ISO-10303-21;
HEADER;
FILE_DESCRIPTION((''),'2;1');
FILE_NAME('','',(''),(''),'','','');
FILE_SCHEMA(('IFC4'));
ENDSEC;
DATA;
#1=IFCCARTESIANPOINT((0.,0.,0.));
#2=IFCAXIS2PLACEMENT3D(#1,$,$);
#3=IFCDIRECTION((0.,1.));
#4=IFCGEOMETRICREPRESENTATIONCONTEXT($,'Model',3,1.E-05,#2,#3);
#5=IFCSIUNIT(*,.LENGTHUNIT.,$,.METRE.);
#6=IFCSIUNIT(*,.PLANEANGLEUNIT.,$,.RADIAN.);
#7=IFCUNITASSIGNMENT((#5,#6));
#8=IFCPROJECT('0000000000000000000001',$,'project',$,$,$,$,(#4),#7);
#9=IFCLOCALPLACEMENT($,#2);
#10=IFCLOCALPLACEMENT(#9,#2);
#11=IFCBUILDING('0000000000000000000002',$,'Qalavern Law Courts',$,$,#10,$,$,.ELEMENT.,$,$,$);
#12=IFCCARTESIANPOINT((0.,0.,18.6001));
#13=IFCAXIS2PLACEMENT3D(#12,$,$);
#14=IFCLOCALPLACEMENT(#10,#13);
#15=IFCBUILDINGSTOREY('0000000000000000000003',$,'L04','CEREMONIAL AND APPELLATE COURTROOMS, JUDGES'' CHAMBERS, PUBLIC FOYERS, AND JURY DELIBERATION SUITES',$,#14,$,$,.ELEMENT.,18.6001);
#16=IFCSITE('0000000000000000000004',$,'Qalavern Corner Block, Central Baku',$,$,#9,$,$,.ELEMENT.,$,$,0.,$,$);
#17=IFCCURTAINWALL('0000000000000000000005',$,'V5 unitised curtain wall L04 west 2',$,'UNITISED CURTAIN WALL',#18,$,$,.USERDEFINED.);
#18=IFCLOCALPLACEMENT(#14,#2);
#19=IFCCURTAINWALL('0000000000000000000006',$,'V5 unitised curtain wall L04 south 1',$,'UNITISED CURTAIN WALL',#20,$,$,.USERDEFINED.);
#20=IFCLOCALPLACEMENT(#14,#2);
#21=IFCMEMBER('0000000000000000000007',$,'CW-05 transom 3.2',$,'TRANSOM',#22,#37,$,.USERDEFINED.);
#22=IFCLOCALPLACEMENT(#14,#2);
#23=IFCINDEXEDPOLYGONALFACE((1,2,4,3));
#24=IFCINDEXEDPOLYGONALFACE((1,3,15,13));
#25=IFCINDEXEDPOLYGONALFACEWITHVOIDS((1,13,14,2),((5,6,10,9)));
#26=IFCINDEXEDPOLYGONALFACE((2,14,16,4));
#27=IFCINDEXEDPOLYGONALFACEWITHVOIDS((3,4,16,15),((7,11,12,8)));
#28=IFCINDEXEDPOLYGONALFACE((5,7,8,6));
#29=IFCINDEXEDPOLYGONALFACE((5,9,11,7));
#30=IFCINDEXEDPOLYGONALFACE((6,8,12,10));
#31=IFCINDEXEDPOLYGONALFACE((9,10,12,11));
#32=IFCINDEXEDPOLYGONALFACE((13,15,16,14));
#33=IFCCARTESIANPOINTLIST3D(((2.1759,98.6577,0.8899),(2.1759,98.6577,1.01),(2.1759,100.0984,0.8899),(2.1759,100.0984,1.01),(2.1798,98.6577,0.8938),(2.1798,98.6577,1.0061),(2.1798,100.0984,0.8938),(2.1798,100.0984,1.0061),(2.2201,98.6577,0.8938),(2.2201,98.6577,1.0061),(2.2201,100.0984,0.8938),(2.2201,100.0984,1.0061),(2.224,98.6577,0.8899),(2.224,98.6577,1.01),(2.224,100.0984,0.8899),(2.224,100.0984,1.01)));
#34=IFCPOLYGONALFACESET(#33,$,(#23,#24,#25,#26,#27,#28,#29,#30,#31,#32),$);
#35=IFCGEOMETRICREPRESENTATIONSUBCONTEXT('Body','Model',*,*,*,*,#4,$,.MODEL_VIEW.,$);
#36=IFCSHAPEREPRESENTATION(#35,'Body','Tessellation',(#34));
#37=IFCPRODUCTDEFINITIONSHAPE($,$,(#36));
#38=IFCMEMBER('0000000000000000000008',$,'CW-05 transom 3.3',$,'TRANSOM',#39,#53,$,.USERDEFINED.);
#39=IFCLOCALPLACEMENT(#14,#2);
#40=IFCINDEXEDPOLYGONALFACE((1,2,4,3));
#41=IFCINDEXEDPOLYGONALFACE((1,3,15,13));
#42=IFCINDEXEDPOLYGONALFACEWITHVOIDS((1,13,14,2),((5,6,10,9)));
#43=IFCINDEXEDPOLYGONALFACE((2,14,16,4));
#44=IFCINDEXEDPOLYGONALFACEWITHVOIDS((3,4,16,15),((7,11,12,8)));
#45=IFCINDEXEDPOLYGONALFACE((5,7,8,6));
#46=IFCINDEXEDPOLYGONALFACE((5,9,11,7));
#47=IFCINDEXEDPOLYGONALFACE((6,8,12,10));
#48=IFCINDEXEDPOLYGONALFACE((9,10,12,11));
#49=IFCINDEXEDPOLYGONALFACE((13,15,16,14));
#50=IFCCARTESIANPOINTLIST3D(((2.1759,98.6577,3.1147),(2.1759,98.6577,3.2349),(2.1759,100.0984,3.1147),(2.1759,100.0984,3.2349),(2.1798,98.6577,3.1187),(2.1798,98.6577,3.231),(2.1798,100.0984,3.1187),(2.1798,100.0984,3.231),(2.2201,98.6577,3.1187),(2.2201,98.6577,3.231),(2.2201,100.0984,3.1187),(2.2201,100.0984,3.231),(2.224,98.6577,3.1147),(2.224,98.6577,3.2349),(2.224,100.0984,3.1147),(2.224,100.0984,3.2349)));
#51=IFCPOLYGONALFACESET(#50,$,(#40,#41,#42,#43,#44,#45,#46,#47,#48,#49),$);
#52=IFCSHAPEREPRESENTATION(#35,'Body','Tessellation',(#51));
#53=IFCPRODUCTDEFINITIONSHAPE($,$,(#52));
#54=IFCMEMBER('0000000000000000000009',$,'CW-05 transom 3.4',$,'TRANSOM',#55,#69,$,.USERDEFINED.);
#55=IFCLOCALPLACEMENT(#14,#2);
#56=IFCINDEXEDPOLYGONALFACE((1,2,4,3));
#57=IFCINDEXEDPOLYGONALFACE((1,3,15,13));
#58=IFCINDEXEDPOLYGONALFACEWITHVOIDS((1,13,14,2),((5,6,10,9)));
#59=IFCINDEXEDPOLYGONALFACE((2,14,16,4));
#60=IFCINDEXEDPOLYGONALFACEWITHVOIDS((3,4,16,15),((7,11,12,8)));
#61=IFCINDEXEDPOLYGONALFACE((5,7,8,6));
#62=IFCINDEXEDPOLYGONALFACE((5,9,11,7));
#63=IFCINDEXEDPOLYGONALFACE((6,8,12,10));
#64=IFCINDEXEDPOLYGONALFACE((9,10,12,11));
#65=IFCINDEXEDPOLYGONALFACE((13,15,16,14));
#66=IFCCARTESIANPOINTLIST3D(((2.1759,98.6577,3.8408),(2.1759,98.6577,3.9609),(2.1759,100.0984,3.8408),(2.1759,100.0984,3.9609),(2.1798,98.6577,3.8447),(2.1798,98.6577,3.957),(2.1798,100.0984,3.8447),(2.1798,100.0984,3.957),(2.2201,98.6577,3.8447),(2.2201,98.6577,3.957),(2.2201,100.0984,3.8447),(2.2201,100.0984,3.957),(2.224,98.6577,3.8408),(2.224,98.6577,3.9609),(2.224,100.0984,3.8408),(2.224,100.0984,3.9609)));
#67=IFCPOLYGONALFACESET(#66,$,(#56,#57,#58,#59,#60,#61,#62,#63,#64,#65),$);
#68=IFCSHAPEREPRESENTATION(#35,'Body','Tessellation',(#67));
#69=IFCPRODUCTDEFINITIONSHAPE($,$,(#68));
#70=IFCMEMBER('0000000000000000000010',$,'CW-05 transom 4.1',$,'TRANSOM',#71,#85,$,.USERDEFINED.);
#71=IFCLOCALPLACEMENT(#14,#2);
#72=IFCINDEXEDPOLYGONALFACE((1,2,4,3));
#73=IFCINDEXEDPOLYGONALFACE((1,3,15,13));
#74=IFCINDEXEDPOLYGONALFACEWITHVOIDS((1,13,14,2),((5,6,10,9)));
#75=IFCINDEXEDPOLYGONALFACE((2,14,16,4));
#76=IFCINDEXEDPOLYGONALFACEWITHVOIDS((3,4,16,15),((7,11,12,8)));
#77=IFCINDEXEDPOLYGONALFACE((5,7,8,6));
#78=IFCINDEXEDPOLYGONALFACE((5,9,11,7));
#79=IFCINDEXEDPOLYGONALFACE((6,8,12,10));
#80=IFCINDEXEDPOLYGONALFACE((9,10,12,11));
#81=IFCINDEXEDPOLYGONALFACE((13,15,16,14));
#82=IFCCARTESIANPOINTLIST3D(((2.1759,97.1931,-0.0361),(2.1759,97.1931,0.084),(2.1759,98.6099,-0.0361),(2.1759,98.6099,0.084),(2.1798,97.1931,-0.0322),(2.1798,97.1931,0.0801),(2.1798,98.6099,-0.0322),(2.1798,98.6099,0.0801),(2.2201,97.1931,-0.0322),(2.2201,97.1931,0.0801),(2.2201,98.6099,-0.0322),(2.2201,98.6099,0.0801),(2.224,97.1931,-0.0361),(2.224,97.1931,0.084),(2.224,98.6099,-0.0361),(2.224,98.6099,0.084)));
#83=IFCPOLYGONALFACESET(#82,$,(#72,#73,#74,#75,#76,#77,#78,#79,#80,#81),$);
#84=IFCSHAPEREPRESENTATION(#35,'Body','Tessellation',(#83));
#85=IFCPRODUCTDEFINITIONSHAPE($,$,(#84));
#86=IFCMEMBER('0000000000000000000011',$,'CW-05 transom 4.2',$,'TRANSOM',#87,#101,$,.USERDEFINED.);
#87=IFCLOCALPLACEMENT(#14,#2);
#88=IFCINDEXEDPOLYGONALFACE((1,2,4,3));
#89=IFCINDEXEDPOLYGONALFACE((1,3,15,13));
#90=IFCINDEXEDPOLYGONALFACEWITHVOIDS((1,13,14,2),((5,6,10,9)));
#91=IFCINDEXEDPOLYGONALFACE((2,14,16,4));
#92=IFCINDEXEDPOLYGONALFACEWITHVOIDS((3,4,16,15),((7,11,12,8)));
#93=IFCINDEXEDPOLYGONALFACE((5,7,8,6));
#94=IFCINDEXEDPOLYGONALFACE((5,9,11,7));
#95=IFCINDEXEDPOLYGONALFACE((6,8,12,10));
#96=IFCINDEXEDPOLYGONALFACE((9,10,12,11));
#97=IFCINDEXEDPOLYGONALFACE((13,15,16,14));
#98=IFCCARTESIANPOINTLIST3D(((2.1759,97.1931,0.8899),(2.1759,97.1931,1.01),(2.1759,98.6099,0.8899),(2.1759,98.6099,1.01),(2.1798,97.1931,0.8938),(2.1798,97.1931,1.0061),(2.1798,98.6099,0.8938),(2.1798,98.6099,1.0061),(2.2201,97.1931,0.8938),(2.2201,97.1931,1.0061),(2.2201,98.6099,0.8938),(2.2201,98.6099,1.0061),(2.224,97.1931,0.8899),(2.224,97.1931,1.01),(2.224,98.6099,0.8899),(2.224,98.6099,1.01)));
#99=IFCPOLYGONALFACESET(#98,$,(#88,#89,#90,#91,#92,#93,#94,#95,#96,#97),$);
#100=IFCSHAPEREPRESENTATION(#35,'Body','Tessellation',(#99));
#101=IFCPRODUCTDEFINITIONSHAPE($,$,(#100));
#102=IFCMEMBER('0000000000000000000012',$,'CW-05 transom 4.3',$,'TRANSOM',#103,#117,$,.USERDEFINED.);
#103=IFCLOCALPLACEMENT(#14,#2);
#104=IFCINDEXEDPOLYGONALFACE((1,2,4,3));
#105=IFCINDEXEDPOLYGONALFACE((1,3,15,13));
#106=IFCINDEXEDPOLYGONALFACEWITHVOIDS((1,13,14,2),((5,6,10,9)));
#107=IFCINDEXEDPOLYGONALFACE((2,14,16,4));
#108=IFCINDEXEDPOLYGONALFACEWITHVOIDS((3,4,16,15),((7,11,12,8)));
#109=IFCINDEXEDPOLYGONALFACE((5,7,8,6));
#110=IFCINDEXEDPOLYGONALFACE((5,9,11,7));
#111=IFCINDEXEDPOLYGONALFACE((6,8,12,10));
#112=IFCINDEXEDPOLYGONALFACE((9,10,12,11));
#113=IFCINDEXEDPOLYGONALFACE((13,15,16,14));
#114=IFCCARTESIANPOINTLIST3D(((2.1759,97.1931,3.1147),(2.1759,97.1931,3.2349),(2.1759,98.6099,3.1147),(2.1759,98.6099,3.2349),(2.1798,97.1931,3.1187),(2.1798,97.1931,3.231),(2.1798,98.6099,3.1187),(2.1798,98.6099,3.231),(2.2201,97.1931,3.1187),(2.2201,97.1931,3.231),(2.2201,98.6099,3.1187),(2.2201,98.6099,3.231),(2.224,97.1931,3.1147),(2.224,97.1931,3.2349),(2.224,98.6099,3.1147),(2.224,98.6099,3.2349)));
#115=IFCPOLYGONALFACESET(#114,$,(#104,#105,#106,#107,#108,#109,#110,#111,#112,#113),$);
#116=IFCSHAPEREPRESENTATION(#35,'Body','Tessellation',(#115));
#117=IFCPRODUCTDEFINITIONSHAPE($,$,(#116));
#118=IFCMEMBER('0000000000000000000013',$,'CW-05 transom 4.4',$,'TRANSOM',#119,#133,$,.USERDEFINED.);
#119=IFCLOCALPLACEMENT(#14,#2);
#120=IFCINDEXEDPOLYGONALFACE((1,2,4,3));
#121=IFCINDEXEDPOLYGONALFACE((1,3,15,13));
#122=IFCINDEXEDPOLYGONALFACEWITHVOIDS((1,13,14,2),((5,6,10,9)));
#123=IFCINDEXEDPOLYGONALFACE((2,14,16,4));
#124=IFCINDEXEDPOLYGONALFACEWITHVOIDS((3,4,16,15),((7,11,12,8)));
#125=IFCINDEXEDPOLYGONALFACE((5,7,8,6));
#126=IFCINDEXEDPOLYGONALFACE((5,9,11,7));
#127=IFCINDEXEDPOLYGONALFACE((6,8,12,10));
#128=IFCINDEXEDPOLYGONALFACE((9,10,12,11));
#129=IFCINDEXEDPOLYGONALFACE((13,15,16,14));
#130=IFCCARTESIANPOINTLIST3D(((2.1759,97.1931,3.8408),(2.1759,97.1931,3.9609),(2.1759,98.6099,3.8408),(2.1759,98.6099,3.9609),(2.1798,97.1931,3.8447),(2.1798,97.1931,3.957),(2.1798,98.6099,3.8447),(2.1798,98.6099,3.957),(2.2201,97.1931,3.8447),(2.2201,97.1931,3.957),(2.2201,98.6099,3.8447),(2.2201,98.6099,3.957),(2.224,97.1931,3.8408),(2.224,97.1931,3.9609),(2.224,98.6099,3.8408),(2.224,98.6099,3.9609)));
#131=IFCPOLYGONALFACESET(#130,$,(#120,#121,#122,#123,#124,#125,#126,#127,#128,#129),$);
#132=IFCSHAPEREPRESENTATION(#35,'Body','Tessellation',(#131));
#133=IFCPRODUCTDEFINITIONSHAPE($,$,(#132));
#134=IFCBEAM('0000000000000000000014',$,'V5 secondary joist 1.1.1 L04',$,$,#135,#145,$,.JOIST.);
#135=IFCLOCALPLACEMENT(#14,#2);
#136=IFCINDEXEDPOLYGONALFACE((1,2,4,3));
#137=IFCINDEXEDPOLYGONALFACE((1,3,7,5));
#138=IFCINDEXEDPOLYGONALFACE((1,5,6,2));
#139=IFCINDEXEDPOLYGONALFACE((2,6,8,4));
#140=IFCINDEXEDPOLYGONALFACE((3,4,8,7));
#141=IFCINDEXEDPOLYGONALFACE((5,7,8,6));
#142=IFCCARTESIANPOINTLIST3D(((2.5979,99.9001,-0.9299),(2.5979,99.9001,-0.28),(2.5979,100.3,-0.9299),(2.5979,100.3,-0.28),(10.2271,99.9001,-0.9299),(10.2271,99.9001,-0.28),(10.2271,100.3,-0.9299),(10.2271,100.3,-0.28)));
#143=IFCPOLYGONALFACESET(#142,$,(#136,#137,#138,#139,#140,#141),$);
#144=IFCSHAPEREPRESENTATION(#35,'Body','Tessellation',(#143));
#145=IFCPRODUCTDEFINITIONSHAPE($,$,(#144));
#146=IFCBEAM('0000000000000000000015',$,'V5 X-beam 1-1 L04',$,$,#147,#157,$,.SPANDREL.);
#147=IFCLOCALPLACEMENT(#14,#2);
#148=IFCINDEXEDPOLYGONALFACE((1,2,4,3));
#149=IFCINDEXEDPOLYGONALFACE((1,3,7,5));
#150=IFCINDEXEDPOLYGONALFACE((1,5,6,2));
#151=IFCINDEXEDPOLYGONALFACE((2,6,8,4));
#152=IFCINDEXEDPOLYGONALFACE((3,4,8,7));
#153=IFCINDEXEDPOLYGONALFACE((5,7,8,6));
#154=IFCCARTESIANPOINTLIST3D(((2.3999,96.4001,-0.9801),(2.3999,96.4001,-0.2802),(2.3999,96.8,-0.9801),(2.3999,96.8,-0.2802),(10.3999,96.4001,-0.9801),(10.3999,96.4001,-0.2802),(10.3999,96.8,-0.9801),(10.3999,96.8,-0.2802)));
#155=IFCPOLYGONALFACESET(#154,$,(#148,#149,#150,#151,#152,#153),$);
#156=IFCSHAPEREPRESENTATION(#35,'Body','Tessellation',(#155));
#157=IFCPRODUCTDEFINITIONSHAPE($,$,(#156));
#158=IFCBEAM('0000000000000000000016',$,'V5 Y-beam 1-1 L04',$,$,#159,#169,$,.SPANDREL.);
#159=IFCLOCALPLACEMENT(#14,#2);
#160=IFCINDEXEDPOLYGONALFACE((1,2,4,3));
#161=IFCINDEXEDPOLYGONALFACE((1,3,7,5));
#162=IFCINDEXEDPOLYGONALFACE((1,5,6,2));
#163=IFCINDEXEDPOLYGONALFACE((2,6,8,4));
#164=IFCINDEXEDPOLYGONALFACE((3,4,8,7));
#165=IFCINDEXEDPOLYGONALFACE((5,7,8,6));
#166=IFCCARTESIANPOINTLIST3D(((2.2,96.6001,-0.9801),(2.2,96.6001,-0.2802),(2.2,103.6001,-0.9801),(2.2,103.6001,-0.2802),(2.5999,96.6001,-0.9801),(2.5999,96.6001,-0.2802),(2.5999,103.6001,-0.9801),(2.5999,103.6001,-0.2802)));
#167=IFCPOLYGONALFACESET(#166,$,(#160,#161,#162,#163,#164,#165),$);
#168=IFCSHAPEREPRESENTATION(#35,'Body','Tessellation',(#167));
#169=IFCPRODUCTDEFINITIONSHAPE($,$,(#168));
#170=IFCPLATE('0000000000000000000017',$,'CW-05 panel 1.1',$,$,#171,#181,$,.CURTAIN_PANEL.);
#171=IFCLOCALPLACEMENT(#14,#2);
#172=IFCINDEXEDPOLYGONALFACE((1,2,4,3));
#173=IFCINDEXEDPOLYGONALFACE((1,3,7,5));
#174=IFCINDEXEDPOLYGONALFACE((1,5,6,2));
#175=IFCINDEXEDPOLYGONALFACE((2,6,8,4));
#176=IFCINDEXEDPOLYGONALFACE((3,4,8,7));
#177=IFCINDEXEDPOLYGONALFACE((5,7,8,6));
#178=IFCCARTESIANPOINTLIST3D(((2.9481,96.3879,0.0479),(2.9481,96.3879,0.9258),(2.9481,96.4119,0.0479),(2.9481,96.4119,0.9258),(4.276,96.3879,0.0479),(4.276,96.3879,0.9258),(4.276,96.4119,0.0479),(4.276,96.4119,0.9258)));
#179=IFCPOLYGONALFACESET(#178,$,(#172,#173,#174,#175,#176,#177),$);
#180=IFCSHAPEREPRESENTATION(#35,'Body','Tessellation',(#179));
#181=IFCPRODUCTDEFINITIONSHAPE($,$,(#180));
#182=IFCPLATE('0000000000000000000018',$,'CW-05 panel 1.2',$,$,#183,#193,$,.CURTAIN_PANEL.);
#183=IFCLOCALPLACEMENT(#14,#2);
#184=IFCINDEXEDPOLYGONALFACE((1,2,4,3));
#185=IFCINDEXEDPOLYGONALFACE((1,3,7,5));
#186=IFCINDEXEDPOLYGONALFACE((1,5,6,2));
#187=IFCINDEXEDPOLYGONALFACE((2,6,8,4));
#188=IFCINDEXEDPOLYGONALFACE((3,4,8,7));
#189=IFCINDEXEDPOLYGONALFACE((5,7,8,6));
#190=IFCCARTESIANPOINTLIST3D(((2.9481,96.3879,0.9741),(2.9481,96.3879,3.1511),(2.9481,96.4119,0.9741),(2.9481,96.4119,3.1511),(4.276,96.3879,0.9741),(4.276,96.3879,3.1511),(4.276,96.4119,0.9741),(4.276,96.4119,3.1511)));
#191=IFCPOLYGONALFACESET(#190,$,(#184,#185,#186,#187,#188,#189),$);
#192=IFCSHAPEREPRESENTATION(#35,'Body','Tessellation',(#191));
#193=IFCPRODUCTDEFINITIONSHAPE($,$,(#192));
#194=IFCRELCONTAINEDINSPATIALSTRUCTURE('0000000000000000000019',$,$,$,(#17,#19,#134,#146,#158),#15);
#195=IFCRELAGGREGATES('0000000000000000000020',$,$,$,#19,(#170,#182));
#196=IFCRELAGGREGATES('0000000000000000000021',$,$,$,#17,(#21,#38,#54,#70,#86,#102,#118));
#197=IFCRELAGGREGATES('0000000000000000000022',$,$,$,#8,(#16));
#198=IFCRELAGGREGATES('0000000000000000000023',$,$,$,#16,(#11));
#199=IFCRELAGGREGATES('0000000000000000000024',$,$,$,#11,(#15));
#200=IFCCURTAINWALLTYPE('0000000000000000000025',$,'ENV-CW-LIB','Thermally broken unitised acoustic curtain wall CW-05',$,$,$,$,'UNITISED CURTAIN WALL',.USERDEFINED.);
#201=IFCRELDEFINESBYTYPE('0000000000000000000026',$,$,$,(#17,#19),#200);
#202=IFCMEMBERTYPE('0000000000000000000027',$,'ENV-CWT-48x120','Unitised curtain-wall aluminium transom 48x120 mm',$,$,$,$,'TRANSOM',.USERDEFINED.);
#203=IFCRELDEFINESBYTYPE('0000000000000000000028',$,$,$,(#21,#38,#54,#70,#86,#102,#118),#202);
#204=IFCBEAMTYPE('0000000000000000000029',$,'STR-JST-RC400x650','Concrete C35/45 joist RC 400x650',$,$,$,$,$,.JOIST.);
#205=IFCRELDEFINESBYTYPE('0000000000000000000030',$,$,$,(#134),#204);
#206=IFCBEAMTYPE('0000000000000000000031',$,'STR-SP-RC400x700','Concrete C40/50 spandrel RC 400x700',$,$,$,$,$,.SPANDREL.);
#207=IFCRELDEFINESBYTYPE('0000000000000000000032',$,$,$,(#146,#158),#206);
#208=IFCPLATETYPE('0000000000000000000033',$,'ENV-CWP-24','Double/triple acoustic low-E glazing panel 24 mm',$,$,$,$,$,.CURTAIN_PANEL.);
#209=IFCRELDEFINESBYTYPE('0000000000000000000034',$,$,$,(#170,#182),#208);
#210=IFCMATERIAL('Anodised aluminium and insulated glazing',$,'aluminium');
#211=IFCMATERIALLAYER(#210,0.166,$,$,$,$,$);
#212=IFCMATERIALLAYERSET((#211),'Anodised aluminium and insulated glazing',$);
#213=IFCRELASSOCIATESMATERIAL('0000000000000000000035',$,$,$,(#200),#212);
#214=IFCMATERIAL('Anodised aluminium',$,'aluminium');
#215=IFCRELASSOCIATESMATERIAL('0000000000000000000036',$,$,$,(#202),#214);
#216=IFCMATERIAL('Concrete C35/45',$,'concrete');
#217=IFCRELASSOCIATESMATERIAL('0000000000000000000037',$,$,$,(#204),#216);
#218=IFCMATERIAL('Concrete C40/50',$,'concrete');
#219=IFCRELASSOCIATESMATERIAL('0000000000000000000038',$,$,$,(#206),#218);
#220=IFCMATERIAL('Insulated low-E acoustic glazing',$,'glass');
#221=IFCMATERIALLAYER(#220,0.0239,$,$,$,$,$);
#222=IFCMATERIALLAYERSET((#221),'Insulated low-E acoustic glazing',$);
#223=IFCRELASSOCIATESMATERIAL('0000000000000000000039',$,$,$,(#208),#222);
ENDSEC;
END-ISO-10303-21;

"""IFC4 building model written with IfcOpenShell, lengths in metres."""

from ifc_helpers import new_model, si_unit, direction, frame, origin, origin_2d, place, context, subcontext, project, spatial, rectangle, hollow_rectangle, extrude, material, layer, layer_set, material_profile, profile_set, type_object, element, aggregate, save


model = new_model("IFC4")

# Units and contexts
model_context = context("Model", 3, precision=1e-05, world=origin(), true_north=direction((0.0, 1.0)))
body_context = subcontext(model_context, "Body", "Model", "MODEL_VIEW")
ifc_project = project(units=[si_unit("LENGTHUNIT", "METRE"), si_unit("PLANEANGLEUNIT", "RADIAN")], contexts=[model_context])

# Site, building, storey
site_placement = place(None, origin())
site = spatial("IfcSite", under=ifc_project, at=site_placement, Name="Qalavern Corner Block, Central Baku", CompositionType="ELEMENT", RefElevation=0.0)
building_placement = place(site_placement, origin())
building = spatial("IfcBuilding", under=site, at=building_placement, Name="Qalavern Law Courts", CompositionType="ELEMENT")
storey_placement = place(building_placement, frame((0.0, 0.0, 18.6001)))
storey = spatial("IfcBuildingStorey", under=building, at=storey_placement, Name="L04", Description="CEREMONIAL AND APPELLATE COURTROOMS, JUDGES' CHAMBERS, PUBLIC FOYERS, AND JURY DELIBERATION SUITES", CompositionType="ELEMENT", Elevation=18.6001)

# Curtain walls
ifc_material_1 = material(Name="Anodised aluminium and insulated glazing", Category="aluminium")
ifc_layer_1 = layer(ifc_material_1, 0.166)
ifc_layer_set_1 = layer_set([ifc_layer_1], Name="Anodised aluminium and insulated glazing")
curtain_wall_type = type_object("IfcCurtainWallType", Name="ENV-CW-LIB", Description="Thermally broken unitised acoustic curtain wall CW-05", ElementType="UNITISED CURTAIN WALL", PredefinedType="USERDEFINED", material=ifc_layer_set_1)
curtain_wall_1_placement = place(storey_placement, origin())
curtain_wall_1 = element("IfcCurtainWall", 1, at=curtain_wall_1_placement, inside=storey, type_object=curtain_wall_type, Name="V5 unitised curtain wall L04 west 2", ObjectType="UNITISED CURTAIN WALL", PredefinedType="USERDEFINED")
ifc_material_2 = material(Name="Anodised aluminium", Category="aluminium")
curtain_wall_2_placement = place(storey_placement, origin())
curtain_wall_2 = element("IfcCurtainWall", 2, at=curtain_wall_2_placement, inside=storey, type_object=curtain_wall_type, Name="V5 unitised curtain wall L04 south 1", ObjectType="UNITISED CURTAIN WALL", PredefinedType="USERDEFINED")
ifc_material_profile_1 = material_profile(ifc_material_2, hollow_rectangle(XDim=0.0481, YDim=0.1201, WallThickness=0.0039, at=origin_2d()), Name="ALU TRANSOM 48x120")
ifc_profile_set_1 = profile_set([ifc_material_profile_1], Name="Anodised aluminium")
member_type_1 = type_object("IfcMemberType", Name="ENV-CWT-48x120", Description="Unitised curtain-wall aluminium transom 48x120 mm", ElementType="TRANSOM", PredefinedType="USERDEFINED", material=ifc_profile_set_1)

# Members
member_1_placement = place(storey_placement, frame((2.2, 100.0984, 0.95), z_axis=(0.0, -1.0, 0.0), x_axis=(1.0, 0.0, 0.0)))
member_1 = element("IfcMember", 3, at=member_1_placement, type_object=member_type_1, Name="CW-05 transom 3.2", ObjectType="TRANSOM", PredefinedType="USERDEFINED", context=body_context, shape_type="SweptSolid", body=[
    extrude(hollow_rectangle(XDim=0.0481, YDim=0.1201, WallThickness=0.0039, at=origin_2d()), origin(), (0.0, 0.0, 1.0), 1.4407),
])
member_2_placement = place(storey_placement, frame((2.2, 100.0984, 3.1748), z_axis=(0.0, -1.0, 0.0), x_axis=(1.0, 0.0, 0.0)))
member_2 = element("IfcMember", 4, at=member_2_placement, type_object=member_type_1, Name="CW-05 transom 3.3", ObjectType="TRANSOM", PredefinedType="USERDEFINED", context=body_context, shape_type="SweptSolid", body=[
    extrude(hollow_rectangle(XDim=0.0481, YDim=0.1201, WallThickness=0.0039, at=origin_2d()), origin(), (0.0, 0.0, 1.0), 1.4407),
])
member_3_placement = place(storey_placement, frame((2.2, 100.0984, 3.9009), z_axis=(0.0, -1.0, 0.0), x_axis=(1.0, 0.0, 0.0)))
member_3 = element("IfcMember", 5, at=member_3_placement, type_object=member_type_1, Name="CW-05 transom 3.4", ObjectType="TRANSOM", PredefinedType="USERDEFINED", context=body_context, shape_type="SweptSolid", body=[
    extrude(hollow_rectangle(XDim=0.0481, YDim=0.1201, WallThickness=0.0039, at=origin_2d()), origin(), (0.0, 0.0, 1.0), 1.4407),
])
member_4_placement = place(storey_placement, frame((2.2, 98.6099, 0.0239), z_axis=(0.0, -1.0, 0.0), x_axis=(1.0, 0.0, 0.0)))
member_4 = element("IfcMember", 6, at=member_4_placement, type_object=member_type_1, Name="CW-05 transom 4.1", ObjectType="TRANSOM", PredefinedType="USERDEFINED", context=body_context, shape_type="SweptSolid", body=[
    extrude(hollow_rectangle(XDim=0.0481, YDim=0.1201, WallThickness=0.0039, at=origin_2d()), origin(), (0.0, 0.0, 1.0), 1.4167),
])
member_5_placement = place(storey_placement, frame((2.2, 98.6099, 0.95), z_axis=(0.0, -1.0, 0.0), x_axis=(1.0, 0.0, 0.0)))
member_5 = element("IfcMember", 7, at=member_5_placement, type_object=member_type_1, Name="CW-05 transom 4.2", ObjectType="TRANSOM", PredefinedType="USERDEFINED", context=body_context, shape_type="SweptSolid", body=[
    extrude(hollow_rectangle(XDim=0.0481, YDim=0.1201, WallThickness=0.0039, at=origin_2d()), origin(), (0.0, 0.0, 1.0), 1.4167),
])
member_6_placement = place(storey_placement, frame((2.2, 98.6099, 3.1748), z_axis=(0.0, -1.0, 0.0), x_axis=(1.0, 0.0, 0.0)))
member_6 = element("IfcMember", 8, at=member_6_placement, type_object=member_type_1, Name="CW-05 transom 4.3", ObjectType="TRANSOM", PredefinedType="USERDEFINED", context=body_context, shape_type="SweptSolid", body=[
    extrude(hollow_rectangle(XDim=0.0481, YDim=0.1201, WallThickness=0.0039, at=origin_2d()), origin(), (0.0, 0.0, 1.0), 1.4167),
])
member_7_placement = place(storey_placement, frame((2.2, 98.6099, 3.9009), z_axis=(0.0, -1.0, 0.0), x_axis=(1.0, 0.0, 0.0)))
member_7 = element("IfcMember", 9, at=member_7_placement, type_object=member_type_1, Name="CW-05 transom 4.4", ObjectType="TRANSOM", PredefinedType="USERDEFINED", context=body_context, shape_type="SweptSolid", body=[
    extrude(hollow_rectangle(XDim=0.0481, YDim=0.1201, WallThickness=0.0039, at=origin_2d()), origin(), (0.0, 0.0, 1.0), 1.4167),
])

# Beams
ifc_material_3 = material(Name="Concrete C35/45", Category="concrete")
ifc_material_profile_2 = material_profile(ifc_material_3, rectangle(XDim=0.3999, YDim=0.6499, at=origin_2d()), Name="RC 400x650")
ifc_profile_set_2 = profile_set([ifc_material_profile_2], Name="Concrete C35/45")
beam_type_1 = type_object("IfcBeamType", Name="STR-JST-RC400x650", Description="Concrete C35/45 joist RC 400x650", PredefinedType="JOIST", material=ifc_profile_set_2)
beam_1_placement = place(storey_placement, frame((2.5979, 100.1001, -0.605), z_axis=(1.0, 0.0, 0.0), x_axis=(0.0, 1.0, 0.0)))
element("IfcBeam", 10, at=beam_1_placement, inside=storey, type_object=beam_type_1, Name="V5 secondary joist 1.1.1 L04", PredefinedType="JOIST", context=body_context, shape_type="SweptSolid", body=[
    extrude(rectangle(XDim=0.3999, YDim=0.6499, at=origin_2d()), origin(), (0.0, 0.0, 1.0), 7.6292),
])
ifc_material_4 = material(Name="Concrete C40/50", Category="concrete")
ifc_material_profile_3 = material_profile(ifc_material_4, rectangle(XDim=0.3999, YDim=0.7, at=origin_2d()), Name="RC 400x700")
ifc_profile_set_3 = profile_set([ifc_material_profile_3], Name="Concrete C40/50")
beam_type_2 = type_object("IfcBeamType", Name="STR-SP-RC400x700", Description="Concrete C40/50 spandrel RC 400x700", PredefinedType="SPANDREL", material=ifc_profile_set_3)
beam_2_placement = place(storey_placement, frame((2.3999, 96.6001, -0.6301), z_axis=(1.0, 0.0, 0.0), x_axis=(0.0, 1.0, 0.0)))
element("IfcBeam", 11, at=beam_2_placement, inside=storey, type_object=beam_type_2, Name="V5 X-beam 1-1 L04", PredefinedType="SPANDREL", context=body_context, shape_type="SweptSolid", body=[
    extrude(rectangle(XDim=0.3999, YDim=0.7, at=origin_2d()), origin(), (0.0, 0.0, 1.0), 8.0),
])
beam_3_placement = place(storey_placement, frame((2.3999, 96.6001, -0.6301), z_axis=(0.0, 1.0, 0.0), x_axis=(-1.0, 0.0, 0.0)))
element("IfcBeam", 12, at=beam_3_placement, inside=storey, type_object=beam_type_2, Name="V5 Y-beam 1-1 L04", PredefinedType="SPANDREL", context=body_context, shape_type="SweptSolid", body=[
    extrude(rectangle(XDim=0.3999, YDim=0.7, at=origin_2d()), origin(), (0.0, 0.0, 1.0), 7.0),
])

# Plates
ifc_material_5 = material(Name="Insulated low-E acoustic glazing", Category="glass")
ifc_layer_2 = layer(ifc_material_5, 0.0239)
ifc_layer_set_2 = layer_set([ifc_layer_2], Name="Insulated low-E acoustic glazing")
plate_type_1 = type_object("IfcPlateType", Name="ENV-CWP-24", Description="Double/triple acoustic low-E glazing panel 24 mm", PredefinedType="CURTAIN_PANEL", material=ifc_layer_set_2)
plate_1_placement = place(storey_placement, frame((3.6121, 96.3999, 0.0479), z_axis=(0.0, 0.0, 1.0), x_axis=(1.0, 0.0, 0.0)))
plate_1 = element("IfcPlate", 13, at=plate_1_placement, type_object=plate_type_1, Name="CW-05 panel 1.1", PredefinedType="CURTAIN_PANEL", context=body_context, shape_type="SweptSolid", body=[
    extrude(rectangle(XDim=1.3279, YDim=0.0239, at=origin_2d()), origin(), (0.0, 0.0, 1.0), 0.8779),
])
plate_2_placement = place(storey_placement, frame((3.6121, 96.3999, 0.9741), z_axis=(0.0, 0.0, 1.0), x_axis=(1.0, 0.0, 0.0)))
plate_2 = element("IfcPlate", 14, at=plate_2_placement, type_object=plate_type_1, Name="CW-05 panel 1.2", PredefinedType="CURTAIN_PANEL", context=body_context, shape_type="SweptSolid", body=[
    extrude(rectangle(XDim=1.3279, YDim=0.0239, at=origin_2d()), origin(), (0.0, 0.0, 1.0), 2.177),
])
aggregate(curtain_wall_2, [plate_1, plate_2])
aggregate(curtain_wall_1, [member_1, member_2, member_3, member_4, member_5, member_6, member_7])

save(model, "model.ifc")
